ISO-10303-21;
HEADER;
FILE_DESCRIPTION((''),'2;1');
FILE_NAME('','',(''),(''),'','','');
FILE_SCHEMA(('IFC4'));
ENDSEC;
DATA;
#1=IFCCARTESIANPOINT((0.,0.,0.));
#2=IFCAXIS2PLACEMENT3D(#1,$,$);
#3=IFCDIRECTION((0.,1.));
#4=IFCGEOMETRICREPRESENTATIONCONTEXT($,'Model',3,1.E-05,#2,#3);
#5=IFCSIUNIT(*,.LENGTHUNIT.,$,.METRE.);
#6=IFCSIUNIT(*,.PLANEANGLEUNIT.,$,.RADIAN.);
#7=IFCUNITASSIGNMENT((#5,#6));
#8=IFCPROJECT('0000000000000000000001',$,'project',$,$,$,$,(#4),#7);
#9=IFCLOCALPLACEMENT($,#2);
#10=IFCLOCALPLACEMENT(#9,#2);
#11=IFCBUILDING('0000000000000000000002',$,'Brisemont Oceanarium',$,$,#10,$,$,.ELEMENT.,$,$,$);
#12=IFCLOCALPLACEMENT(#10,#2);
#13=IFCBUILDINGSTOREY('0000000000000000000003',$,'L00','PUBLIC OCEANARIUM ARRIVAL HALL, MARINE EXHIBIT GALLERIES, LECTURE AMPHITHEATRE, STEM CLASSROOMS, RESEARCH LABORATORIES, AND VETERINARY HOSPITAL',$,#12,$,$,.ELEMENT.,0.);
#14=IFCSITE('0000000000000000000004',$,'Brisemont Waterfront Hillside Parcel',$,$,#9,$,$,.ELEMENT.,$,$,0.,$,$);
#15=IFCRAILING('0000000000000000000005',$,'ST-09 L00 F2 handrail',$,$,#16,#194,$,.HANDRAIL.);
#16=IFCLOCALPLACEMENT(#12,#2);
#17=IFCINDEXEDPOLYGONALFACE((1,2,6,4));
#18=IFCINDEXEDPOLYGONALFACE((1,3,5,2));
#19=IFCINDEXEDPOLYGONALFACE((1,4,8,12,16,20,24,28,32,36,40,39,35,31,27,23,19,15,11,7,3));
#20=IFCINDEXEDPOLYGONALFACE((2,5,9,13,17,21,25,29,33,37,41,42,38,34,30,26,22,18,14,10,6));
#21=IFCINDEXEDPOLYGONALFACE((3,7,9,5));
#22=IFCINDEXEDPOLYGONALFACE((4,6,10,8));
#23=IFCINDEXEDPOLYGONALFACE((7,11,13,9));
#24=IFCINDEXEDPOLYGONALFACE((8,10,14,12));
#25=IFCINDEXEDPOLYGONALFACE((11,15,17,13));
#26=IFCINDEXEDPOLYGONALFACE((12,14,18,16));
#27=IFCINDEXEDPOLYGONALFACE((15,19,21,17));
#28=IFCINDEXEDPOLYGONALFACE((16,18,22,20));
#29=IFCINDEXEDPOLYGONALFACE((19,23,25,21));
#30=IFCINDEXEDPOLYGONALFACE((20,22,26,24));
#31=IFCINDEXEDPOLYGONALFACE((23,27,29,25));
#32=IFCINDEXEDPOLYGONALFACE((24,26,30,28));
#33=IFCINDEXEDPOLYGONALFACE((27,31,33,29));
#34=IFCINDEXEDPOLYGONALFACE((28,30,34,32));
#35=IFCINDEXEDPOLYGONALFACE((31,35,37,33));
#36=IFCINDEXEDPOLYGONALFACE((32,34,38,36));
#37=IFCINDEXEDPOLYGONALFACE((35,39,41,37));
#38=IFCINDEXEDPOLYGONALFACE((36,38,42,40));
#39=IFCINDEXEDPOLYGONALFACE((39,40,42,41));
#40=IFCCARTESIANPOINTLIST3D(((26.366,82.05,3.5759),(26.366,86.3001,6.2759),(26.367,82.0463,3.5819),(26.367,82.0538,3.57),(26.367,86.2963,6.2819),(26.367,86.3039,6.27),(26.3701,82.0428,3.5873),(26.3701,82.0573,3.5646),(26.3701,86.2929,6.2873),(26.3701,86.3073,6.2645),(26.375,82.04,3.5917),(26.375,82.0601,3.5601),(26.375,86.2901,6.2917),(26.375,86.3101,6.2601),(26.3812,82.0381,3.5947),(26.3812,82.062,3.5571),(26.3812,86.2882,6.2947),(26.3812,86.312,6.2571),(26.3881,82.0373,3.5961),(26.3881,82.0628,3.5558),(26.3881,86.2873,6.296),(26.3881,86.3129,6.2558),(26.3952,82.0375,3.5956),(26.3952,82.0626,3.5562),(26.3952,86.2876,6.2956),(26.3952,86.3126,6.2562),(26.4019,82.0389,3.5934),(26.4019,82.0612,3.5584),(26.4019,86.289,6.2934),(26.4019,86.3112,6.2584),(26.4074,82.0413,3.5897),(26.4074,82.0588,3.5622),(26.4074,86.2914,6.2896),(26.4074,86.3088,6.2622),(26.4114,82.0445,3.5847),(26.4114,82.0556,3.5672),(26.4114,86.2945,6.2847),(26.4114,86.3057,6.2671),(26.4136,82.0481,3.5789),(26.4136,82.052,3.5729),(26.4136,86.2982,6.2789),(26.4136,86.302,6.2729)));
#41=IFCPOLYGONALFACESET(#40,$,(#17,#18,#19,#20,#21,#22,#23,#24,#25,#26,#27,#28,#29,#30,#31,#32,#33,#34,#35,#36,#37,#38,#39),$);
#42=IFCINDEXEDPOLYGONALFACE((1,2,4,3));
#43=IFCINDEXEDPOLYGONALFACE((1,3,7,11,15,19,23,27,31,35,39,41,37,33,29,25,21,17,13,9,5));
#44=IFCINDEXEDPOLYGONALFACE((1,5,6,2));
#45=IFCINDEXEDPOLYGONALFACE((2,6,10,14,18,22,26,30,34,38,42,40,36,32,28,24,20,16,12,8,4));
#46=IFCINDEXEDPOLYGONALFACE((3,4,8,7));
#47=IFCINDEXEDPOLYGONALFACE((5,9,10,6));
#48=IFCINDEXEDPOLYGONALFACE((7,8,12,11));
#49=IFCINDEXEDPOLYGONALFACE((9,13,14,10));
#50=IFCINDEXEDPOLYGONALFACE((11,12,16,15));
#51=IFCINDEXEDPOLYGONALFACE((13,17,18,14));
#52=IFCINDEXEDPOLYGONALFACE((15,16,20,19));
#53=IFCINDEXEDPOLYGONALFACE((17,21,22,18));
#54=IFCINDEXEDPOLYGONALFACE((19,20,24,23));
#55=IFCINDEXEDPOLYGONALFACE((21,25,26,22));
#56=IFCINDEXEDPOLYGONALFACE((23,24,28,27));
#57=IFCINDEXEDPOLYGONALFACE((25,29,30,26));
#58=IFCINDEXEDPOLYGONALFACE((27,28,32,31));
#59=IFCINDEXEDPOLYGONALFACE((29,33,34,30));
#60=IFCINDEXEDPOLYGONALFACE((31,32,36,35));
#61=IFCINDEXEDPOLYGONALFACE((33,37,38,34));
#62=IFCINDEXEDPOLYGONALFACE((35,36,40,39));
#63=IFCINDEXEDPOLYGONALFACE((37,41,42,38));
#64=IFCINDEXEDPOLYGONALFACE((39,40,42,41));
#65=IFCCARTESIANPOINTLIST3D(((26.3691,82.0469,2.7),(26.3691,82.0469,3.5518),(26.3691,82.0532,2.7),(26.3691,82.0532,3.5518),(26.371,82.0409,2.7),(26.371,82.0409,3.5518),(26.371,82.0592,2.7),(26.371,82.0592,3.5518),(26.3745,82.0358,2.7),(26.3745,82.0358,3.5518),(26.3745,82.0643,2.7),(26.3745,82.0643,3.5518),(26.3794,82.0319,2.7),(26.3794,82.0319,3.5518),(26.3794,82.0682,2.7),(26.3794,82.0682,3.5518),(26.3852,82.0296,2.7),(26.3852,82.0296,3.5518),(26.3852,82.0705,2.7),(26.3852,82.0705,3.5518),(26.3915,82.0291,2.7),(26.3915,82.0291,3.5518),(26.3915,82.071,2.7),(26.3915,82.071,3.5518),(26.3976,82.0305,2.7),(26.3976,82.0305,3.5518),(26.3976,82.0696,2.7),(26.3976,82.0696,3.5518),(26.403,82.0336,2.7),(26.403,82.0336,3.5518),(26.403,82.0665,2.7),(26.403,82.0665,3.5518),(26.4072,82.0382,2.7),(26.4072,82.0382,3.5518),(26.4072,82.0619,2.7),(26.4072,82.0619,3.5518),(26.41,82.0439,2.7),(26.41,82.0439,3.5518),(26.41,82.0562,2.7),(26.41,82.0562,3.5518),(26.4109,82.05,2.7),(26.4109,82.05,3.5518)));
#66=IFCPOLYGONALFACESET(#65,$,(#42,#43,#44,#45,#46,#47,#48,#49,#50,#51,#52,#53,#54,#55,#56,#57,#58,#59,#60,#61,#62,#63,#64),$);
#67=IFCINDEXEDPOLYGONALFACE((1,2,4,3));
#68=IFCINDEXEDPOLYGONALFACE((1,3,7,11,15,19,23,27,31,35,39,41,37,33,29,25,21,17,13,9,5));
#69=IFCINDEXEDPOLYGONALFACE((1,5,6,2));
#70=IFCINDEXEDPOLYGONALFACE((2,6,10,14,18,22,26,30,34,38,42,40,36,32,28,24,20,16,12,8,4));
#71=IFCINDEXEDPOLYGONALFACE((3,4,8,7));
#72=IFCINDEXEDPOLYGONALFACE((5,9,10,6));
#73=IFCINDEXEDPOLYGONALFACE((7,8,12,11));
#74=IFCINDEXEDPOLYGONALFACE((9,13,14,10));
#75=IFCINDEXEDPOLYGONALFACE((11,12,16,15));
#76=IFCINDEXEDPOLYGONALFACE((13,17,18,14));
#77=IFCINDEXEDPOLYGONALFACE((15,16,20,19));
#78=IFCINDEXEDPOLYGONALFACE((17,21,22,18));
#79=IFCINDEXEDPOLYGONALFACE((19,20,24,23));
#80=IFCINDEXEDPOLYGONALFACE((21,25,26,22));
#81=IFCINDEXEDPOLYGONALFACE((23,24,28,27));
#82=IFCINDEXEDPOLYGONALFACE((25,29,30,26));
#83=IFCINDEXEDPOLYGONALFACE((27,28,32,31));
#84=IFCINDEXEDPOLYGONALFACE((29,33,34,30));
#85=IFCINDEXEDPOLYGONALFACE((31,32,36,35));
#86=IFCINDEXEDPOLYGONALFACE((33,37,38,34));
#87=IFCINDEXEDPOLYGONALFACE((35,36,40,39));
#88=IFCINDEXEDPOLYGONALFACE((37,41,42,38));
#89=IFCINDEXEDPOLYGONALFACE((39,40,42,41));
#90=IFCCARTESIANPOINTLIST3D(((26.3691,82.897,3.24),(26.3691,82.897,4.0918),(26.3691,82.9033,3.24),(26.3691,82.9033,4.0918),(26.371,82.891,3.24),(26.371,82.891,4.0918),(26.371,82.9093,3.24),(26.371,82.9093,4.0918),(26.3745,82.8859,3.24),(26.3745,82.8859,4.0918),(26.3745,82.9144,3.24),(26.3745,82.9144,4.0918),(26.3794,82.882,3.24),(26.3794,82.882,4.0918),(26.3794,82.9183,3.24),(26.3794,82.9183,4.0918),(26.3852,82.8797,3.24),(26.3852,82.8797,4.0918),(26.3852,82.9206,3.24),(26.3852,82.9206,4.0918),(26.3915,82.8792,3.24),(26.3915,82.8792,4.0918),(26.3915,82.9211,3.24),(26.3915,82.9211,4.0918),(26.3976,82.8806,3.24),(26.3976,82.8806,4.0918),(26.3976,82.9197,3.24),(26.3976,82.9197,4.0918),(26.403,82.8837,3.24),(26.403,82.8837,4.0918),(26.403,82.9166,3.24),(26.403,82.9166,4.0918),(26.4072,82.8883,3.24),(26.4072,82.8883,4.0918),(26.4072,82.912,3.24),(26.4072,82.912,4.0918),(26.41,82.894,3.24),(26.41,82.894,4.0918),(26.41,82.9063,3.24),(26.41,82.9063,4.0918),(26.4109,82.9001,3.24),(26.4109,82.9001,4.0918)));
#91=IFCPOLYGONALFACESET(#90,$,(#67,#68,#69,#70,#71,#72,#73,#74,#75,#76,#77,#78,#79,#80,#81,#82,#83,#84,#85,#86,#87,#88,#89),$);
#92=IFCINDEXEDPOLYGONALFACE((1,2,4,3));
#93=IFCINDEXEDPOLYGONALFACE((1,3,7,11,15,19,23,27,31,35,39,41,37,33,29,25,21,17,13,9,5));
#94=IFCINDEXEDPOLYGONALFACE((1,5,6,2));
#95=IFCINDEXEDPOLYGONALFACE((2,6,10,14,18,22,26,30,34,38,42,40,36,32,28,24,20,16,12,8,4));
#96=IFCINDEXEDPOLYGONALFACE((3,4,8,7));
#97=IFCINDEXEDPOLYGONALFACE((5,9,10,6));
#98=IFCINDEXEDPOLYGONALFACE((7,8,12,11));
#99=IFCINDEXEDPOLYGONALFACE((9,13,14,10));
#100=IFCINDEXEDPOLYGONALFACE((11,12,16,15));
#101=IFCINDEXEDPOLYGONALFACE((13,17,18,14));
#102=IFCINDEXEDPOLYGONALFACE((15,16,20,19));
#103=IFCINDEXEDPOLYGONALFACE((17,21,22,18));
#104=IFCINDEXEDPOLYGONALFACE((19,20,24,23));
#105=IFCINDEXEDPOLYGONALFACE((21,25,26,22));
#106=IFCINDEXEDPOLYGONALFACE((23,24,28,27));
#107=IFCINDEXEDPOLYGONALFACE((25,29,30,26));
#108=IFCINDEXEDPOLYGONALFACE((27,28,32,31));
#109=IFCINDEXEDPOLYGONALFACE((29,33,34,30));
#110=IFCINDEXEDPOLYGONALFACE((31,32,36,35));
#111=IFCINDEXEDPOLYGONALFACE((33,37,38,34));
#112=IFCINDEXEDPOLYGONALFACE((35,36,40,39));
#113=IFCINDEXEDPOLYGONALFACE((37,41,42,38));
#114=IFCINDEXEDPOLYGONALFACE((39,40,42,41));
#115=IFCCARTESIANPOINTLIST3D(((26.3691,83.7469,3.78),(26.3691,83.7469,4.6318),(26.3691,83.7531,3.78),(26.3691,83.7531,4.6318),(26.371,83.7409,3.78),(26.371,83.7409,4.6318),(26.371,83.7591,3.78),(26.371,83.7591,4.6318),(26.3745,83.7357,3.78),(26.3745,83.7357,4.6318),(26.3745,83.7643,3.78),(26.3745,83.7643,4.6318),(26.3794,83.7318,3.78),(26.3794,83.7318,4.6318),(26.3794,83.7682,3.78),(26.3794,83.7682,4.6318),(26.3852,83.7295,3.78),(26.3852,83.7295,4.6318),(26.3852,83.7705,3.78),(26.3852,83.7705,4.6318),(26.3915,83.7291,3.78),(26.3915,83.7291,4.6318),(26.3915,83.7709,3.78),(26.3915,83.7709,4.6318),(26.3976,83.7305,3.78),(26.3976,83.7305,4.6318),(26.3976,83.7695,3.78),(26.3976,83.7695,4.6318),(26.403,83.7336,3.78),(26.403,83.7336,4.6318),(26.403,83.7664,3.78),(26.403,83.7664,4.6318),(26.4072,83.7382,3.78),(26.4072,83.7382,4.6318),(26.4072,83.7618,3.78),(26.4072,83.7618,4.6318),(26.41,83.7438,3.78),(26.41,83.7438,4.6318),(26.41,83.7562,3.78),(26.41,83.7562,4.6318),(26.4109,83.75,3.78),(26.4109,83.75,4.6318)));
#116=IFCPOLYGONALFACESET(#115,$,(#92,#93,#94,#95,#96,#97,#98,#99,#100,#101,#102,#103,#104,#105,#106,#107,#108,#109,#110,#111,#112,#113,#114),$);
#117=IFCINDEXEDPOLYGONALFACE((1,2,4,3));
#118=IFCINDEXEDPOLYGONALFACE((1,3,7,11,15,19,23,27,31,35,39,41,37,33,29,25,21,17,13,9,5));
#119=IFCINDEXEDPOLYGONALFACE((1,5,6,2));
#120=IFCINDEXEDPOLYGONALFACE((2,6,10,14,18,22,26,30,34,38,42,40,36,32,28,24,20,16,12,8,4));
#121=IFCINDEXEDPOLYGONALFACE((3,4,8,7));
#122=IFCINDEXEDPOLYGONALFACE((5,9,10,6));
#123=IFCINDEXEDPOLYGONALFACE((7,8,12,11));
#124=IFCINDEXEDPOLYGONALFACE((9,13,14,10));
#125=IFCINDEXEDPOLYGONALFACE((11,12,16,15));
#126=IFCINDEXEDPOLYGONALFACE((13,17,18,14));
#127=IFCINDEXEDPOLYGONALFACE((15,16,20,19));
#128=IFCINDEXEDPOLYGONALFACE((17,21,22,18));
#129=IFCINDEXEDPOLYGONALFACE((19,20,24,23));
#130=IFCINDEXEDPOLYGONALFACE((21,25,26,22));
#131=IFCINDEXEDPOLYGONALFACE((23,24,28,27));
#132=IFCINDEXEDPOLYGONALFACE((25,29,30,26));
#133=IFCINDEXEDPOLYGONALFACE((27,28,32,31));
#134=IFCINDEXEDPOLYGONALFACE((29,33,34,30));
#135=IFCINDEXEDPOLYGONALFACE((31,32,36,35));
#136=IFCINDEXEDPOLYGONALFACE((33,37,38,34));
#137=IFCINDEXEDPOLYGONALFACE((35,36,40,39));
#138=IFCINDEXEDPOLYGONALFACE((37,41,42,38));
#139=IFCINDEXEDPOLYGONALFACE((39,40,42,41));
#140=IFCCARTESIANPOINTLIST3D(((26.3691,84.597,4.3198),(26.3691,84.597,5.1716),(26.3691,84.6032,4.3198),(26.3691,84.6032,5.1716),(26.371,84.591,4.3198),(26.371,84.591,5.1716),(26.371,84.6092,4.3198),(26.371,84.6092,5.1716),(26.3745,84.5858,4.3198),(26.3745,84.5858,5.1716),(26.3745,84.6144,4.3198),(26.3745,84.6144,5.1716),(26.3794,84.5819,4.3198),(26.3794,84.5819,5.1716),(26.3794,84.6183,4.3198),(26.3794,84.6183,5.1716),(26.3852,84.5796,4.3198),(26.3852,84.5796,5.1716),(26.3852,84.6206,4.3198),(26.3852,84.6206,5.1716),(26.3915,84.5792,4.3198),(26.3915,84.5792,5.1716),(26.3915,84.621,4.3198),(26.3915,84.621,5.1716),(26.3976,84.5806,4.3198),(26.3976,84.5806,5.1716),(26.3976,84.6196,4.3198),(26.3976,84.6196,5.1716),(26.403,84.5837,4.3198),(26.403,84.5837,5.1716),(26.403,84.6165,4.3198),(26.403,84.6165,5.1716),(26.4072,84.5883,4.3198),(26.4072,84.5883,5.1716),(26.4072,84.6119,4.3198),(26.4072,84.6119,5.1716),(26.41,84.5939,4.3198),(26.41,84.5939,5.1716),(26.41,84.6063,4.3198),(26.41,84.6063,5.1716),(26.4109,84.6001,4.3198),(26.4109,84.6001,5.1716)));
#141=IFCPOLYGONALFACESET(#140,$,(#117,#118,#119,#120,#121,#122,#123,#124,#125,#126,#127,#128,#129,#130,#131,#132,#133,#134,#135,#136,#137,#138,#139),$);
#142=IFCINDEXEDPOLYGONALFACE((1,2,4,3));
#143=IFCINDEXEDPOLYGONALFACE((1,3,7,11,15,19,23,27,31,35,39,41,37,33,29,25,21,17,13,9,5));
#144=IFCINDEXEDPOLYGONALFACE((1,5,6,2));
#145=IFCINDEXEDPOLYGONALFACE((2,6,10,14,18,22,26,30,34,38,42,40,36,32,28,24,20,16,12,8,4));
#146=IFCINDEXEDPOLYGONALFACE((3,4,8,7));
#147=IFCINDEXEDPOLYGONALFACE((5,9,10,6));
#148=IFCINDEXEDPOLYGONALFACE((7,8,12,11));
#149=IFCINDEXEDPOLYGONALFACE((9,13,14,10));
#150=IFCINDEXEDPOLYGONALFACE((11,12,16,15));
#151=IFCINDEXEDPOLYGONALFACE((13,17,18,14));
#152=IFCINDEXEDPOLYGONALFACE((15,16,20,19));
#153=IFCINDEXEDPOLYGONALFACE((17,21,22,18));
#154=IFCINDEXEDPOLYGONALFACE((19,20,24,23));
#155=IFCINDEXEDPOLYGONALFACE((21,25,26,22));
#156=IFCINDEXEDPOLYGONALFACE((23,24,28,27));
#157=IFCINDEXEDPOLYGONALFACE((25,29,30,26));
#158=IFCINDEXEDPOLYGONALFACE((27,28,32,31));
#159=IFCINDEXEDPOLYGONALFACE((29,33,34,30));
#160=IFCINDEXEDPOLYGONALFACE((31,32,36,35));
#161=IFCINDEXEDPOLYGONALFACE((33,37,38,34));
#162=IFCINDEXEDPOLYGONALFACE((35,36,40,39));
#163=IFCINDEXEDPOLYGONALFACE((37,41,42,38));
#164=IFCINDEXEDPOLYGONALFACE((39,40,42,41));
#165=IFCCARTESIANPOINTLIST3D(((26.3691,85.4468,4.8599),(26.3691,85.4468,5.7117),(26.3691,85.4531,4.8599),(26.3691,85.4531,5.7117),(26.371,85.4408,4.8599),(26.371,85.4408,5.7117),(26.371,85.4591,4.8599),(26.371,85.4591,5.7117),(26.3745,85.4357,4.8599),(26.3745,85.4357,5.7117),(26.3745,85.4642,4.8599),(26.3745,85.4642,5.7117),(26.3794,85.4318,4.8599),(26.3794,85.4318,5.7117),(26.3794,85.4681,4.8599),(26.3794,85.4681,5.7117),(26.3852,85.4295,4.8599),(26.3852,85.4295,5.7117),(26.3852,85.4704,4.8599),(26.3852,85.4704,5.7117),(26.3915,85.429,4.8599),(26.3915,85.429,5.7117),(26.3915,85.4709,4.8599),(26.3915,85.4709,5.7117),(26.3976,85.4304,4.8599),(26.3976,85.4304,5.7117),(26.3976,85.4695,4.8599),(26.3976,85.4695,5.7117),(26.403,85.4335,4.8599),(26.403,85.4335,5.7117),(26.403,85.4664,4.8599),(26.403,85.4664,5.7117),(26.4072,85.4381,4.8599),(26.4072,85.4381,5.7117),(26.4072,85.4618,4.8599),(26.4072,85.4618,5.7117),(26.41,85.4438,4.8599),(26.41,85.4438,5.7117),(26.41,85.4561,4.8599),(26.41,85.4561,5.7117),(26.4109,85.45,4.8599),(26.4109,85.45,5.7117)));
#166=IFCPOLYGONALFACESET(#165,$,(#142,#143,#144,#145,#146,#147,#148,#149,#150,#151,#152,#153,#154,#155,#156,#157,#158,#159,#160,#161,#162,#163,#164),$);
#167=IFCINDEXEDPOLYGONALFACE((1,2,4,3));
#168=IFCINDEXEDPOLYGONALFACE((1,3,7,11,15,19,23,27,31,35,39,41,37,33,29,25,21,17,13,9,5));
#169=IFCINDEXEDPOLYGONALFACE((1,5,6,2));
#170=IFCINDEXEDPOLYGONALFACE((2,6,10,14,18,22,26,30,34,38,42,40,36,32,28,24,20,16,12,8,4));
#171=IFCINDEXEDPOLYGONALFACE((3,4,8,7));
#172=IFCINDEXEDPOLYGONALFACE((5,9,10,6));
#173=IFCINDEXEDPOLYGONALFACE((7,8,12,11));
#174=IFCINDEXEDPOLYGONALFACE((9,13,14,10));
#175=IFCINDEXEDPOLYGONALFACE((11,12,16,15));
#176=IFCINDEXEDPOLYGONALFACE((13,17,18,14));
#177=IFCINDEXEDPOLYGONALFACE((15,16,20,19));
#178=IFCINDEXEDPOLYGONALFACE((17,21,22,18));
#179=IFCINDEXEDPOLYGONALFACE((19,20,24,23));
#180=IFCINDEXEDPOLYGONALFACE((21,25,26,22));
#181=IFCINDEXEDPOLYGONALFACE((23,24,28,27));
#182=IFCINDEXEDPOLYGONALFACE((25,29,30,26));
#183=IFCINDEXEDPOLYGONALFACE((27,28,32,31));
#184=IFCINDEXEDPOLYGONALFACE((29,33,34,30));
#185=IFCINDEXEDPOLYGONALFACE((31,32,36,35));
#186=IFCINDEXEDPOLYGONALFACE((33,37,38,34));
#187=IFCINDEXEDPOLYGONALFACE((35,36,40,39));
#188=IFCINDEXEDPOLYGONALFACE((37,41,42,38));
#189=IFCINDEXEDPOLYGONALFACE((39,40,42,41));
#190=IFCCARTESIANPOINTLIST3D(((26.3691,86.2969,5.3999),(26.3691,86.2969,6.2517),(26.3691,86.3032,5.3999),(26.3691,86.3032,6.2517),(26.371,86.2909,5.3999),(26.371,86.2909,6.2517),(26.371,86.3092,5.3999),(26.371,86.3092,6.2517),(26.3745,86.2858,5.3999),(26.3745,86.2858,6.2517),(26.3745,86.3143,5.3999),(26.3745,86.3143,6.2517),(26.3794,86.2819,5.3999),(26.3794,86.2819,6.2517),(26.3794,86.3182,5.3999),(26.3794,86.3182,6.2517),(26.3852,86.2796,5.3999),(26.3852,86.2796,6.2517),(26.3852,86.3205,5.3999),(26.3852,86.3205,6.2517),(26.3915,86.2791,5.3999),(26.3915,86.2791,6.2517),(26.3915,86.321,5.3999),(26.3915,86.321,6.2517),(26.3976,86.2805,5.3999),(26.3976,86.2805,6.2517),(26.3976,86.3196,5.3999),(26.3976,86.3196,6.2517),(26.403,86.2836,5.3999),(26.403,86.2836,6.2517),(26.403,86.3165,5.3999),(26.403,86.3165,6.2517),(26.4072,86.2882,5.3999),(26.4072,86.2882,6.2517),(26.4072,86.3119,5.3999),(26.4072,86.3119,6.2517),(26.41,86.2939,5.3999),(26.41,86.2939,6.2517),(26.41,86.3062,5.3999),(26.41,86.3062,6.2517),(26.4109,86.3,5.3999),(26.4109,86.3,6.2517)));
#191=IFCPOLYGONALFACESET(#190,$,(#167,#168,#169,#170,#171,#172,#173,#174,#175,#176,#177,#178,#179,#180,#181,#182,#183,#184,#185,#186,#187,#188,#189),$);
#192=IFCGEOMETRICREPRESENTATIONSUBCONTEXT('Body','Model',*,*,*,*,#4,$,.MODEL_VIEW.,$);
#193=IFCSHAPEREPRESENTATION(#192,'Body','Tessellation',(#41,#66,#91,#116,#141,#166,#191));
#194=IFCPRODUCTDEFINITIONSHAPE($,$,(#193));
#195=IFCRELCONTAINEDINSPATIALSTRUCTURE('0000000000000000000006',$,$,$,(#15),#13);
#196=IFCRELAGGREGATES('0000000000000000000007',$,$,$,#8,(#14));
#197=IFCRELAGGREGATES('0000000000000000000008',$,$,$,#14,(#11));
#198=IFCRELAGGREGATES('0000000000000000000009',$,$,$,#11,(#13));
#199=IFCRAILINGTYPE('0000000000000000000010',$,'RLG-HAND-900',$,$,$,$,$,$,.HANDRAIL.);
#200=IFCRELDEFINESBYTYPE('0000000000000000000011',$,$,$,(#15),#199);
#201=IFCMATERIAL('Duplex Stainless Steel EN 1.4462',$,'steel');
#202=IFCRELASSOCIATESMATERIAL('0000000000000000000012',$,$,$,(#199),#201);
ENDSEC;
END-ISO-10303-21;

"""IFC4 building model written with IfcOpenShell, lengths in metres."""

from ifc_helpers import new_model, si_unit, direction, frame, origin, origin_2d, place, context, subcontext, project, spatial, circle, extrude, material, type_object, element, save


model = new_model("IFC4")

# Units and contexts
model_context = context("Model", 3, precision=1e-05, world=origin(), true_north=direction((0.0, 1.0)))
body_context = subcontext(model_context, "Body", "Model", "MODEL_VIEW")
ifc_project = project(units=[si_unit("LENGTHUNIT", "METRE"), si_unit("PLANEANGLEUNIT", "RADIAN")], contexts=[model_context])

# Site, building, storey
site_placement = place(None, origin())
site = spatial("IfcSite", under=ifc_project, at=site_placement, Name="Brisemont Waterfront Hillside Parcel", CompositionType="ELEMENT", RefElevation=0.0)
building_placement = place(site_placement, origin())
building = spatial("IfcBuilding", under=site, at=building_placement, Name="Brisemont Oceanarium", CompositionType="ELEMENT")
storey_placement = place(building_placement, origin())
storey = spatial("IfcBuildingStorey", under=building, at=storey_placement, Name="L00", Description="PUBLIC OCEANARIUM ARRIVAL HALL, MARINE EXHIBIT GALLERIES, LECTURE AMPHITHEATRE, STEM CLASSROOMS, RESEARCH LABORATORIES, AND VETERINARY HOSPITAL", CompositionType="ELEMENT", Elevation=0.0)

# Railing
ifc_material_1 = material(Name="Duplex Stainless Steel EN 1.4462", Category="steel")
railing_type_1 = type_object("IfcRailingType", Name="RLG-HAND-900", PredefinedType="HANDRAIL", material=ifc_material_1)
railing_1_placement = place(storey_placement, frame((26.3899, 82.05, 2.7)))
element("IfcRailing", 1, at=railing_1_placement, inside=storey, type_object=railing_type_1, Name="ST-09 L00 F2 handrail", PredefinedType="HANDRAIL", context=body_context, shape_type="SweptSolid", body=[
    extrude(circle(Radius=0.0239, at=origin_2d()), frame((0.0, 0.0, 0.876), z_axis=(0.0, 0.844075, 0.536226), x_axis=(-1.0, 0.0, 0.0)), (0.0, 0.0, 1.0), 5.0352),
    extrude(circle(Radius=0.021, at=origin_2d()), origin(), (0.0, 0.0, 1.0), 0.8518),
    extrude(circle(Radius=0.021, at=origin_2d()), frame((0.0, 0.8501, 0.54)), (0.0, 0.0, 1.0), 0.8518),
    extrude(circle(Radius=0.021, at=origin_2d()), frame((0.0, 1.7, 1.0801)), (0.0, 0.0, 1.0), 0.8518),
    extrude(circle(Radius=0.021, at=origin_2d()), frame((0.0, 2.55, 1.6199)), (0.0, 0.0, 1.0), 0.8518),
    extrude(circle(Radius=0.021, at=origin_2d()), frame((0.0, 3.3999, 2.1599)), (0.0, 0.0, 1.0), 0.8518),
    extrude(circle(Radius=0.021, at=origin_2d()), frame((0.0, 4.25, 2.7)), (0.0, 0.0, 1.0), 0.8518),
])

save(model, "model.ifc")
